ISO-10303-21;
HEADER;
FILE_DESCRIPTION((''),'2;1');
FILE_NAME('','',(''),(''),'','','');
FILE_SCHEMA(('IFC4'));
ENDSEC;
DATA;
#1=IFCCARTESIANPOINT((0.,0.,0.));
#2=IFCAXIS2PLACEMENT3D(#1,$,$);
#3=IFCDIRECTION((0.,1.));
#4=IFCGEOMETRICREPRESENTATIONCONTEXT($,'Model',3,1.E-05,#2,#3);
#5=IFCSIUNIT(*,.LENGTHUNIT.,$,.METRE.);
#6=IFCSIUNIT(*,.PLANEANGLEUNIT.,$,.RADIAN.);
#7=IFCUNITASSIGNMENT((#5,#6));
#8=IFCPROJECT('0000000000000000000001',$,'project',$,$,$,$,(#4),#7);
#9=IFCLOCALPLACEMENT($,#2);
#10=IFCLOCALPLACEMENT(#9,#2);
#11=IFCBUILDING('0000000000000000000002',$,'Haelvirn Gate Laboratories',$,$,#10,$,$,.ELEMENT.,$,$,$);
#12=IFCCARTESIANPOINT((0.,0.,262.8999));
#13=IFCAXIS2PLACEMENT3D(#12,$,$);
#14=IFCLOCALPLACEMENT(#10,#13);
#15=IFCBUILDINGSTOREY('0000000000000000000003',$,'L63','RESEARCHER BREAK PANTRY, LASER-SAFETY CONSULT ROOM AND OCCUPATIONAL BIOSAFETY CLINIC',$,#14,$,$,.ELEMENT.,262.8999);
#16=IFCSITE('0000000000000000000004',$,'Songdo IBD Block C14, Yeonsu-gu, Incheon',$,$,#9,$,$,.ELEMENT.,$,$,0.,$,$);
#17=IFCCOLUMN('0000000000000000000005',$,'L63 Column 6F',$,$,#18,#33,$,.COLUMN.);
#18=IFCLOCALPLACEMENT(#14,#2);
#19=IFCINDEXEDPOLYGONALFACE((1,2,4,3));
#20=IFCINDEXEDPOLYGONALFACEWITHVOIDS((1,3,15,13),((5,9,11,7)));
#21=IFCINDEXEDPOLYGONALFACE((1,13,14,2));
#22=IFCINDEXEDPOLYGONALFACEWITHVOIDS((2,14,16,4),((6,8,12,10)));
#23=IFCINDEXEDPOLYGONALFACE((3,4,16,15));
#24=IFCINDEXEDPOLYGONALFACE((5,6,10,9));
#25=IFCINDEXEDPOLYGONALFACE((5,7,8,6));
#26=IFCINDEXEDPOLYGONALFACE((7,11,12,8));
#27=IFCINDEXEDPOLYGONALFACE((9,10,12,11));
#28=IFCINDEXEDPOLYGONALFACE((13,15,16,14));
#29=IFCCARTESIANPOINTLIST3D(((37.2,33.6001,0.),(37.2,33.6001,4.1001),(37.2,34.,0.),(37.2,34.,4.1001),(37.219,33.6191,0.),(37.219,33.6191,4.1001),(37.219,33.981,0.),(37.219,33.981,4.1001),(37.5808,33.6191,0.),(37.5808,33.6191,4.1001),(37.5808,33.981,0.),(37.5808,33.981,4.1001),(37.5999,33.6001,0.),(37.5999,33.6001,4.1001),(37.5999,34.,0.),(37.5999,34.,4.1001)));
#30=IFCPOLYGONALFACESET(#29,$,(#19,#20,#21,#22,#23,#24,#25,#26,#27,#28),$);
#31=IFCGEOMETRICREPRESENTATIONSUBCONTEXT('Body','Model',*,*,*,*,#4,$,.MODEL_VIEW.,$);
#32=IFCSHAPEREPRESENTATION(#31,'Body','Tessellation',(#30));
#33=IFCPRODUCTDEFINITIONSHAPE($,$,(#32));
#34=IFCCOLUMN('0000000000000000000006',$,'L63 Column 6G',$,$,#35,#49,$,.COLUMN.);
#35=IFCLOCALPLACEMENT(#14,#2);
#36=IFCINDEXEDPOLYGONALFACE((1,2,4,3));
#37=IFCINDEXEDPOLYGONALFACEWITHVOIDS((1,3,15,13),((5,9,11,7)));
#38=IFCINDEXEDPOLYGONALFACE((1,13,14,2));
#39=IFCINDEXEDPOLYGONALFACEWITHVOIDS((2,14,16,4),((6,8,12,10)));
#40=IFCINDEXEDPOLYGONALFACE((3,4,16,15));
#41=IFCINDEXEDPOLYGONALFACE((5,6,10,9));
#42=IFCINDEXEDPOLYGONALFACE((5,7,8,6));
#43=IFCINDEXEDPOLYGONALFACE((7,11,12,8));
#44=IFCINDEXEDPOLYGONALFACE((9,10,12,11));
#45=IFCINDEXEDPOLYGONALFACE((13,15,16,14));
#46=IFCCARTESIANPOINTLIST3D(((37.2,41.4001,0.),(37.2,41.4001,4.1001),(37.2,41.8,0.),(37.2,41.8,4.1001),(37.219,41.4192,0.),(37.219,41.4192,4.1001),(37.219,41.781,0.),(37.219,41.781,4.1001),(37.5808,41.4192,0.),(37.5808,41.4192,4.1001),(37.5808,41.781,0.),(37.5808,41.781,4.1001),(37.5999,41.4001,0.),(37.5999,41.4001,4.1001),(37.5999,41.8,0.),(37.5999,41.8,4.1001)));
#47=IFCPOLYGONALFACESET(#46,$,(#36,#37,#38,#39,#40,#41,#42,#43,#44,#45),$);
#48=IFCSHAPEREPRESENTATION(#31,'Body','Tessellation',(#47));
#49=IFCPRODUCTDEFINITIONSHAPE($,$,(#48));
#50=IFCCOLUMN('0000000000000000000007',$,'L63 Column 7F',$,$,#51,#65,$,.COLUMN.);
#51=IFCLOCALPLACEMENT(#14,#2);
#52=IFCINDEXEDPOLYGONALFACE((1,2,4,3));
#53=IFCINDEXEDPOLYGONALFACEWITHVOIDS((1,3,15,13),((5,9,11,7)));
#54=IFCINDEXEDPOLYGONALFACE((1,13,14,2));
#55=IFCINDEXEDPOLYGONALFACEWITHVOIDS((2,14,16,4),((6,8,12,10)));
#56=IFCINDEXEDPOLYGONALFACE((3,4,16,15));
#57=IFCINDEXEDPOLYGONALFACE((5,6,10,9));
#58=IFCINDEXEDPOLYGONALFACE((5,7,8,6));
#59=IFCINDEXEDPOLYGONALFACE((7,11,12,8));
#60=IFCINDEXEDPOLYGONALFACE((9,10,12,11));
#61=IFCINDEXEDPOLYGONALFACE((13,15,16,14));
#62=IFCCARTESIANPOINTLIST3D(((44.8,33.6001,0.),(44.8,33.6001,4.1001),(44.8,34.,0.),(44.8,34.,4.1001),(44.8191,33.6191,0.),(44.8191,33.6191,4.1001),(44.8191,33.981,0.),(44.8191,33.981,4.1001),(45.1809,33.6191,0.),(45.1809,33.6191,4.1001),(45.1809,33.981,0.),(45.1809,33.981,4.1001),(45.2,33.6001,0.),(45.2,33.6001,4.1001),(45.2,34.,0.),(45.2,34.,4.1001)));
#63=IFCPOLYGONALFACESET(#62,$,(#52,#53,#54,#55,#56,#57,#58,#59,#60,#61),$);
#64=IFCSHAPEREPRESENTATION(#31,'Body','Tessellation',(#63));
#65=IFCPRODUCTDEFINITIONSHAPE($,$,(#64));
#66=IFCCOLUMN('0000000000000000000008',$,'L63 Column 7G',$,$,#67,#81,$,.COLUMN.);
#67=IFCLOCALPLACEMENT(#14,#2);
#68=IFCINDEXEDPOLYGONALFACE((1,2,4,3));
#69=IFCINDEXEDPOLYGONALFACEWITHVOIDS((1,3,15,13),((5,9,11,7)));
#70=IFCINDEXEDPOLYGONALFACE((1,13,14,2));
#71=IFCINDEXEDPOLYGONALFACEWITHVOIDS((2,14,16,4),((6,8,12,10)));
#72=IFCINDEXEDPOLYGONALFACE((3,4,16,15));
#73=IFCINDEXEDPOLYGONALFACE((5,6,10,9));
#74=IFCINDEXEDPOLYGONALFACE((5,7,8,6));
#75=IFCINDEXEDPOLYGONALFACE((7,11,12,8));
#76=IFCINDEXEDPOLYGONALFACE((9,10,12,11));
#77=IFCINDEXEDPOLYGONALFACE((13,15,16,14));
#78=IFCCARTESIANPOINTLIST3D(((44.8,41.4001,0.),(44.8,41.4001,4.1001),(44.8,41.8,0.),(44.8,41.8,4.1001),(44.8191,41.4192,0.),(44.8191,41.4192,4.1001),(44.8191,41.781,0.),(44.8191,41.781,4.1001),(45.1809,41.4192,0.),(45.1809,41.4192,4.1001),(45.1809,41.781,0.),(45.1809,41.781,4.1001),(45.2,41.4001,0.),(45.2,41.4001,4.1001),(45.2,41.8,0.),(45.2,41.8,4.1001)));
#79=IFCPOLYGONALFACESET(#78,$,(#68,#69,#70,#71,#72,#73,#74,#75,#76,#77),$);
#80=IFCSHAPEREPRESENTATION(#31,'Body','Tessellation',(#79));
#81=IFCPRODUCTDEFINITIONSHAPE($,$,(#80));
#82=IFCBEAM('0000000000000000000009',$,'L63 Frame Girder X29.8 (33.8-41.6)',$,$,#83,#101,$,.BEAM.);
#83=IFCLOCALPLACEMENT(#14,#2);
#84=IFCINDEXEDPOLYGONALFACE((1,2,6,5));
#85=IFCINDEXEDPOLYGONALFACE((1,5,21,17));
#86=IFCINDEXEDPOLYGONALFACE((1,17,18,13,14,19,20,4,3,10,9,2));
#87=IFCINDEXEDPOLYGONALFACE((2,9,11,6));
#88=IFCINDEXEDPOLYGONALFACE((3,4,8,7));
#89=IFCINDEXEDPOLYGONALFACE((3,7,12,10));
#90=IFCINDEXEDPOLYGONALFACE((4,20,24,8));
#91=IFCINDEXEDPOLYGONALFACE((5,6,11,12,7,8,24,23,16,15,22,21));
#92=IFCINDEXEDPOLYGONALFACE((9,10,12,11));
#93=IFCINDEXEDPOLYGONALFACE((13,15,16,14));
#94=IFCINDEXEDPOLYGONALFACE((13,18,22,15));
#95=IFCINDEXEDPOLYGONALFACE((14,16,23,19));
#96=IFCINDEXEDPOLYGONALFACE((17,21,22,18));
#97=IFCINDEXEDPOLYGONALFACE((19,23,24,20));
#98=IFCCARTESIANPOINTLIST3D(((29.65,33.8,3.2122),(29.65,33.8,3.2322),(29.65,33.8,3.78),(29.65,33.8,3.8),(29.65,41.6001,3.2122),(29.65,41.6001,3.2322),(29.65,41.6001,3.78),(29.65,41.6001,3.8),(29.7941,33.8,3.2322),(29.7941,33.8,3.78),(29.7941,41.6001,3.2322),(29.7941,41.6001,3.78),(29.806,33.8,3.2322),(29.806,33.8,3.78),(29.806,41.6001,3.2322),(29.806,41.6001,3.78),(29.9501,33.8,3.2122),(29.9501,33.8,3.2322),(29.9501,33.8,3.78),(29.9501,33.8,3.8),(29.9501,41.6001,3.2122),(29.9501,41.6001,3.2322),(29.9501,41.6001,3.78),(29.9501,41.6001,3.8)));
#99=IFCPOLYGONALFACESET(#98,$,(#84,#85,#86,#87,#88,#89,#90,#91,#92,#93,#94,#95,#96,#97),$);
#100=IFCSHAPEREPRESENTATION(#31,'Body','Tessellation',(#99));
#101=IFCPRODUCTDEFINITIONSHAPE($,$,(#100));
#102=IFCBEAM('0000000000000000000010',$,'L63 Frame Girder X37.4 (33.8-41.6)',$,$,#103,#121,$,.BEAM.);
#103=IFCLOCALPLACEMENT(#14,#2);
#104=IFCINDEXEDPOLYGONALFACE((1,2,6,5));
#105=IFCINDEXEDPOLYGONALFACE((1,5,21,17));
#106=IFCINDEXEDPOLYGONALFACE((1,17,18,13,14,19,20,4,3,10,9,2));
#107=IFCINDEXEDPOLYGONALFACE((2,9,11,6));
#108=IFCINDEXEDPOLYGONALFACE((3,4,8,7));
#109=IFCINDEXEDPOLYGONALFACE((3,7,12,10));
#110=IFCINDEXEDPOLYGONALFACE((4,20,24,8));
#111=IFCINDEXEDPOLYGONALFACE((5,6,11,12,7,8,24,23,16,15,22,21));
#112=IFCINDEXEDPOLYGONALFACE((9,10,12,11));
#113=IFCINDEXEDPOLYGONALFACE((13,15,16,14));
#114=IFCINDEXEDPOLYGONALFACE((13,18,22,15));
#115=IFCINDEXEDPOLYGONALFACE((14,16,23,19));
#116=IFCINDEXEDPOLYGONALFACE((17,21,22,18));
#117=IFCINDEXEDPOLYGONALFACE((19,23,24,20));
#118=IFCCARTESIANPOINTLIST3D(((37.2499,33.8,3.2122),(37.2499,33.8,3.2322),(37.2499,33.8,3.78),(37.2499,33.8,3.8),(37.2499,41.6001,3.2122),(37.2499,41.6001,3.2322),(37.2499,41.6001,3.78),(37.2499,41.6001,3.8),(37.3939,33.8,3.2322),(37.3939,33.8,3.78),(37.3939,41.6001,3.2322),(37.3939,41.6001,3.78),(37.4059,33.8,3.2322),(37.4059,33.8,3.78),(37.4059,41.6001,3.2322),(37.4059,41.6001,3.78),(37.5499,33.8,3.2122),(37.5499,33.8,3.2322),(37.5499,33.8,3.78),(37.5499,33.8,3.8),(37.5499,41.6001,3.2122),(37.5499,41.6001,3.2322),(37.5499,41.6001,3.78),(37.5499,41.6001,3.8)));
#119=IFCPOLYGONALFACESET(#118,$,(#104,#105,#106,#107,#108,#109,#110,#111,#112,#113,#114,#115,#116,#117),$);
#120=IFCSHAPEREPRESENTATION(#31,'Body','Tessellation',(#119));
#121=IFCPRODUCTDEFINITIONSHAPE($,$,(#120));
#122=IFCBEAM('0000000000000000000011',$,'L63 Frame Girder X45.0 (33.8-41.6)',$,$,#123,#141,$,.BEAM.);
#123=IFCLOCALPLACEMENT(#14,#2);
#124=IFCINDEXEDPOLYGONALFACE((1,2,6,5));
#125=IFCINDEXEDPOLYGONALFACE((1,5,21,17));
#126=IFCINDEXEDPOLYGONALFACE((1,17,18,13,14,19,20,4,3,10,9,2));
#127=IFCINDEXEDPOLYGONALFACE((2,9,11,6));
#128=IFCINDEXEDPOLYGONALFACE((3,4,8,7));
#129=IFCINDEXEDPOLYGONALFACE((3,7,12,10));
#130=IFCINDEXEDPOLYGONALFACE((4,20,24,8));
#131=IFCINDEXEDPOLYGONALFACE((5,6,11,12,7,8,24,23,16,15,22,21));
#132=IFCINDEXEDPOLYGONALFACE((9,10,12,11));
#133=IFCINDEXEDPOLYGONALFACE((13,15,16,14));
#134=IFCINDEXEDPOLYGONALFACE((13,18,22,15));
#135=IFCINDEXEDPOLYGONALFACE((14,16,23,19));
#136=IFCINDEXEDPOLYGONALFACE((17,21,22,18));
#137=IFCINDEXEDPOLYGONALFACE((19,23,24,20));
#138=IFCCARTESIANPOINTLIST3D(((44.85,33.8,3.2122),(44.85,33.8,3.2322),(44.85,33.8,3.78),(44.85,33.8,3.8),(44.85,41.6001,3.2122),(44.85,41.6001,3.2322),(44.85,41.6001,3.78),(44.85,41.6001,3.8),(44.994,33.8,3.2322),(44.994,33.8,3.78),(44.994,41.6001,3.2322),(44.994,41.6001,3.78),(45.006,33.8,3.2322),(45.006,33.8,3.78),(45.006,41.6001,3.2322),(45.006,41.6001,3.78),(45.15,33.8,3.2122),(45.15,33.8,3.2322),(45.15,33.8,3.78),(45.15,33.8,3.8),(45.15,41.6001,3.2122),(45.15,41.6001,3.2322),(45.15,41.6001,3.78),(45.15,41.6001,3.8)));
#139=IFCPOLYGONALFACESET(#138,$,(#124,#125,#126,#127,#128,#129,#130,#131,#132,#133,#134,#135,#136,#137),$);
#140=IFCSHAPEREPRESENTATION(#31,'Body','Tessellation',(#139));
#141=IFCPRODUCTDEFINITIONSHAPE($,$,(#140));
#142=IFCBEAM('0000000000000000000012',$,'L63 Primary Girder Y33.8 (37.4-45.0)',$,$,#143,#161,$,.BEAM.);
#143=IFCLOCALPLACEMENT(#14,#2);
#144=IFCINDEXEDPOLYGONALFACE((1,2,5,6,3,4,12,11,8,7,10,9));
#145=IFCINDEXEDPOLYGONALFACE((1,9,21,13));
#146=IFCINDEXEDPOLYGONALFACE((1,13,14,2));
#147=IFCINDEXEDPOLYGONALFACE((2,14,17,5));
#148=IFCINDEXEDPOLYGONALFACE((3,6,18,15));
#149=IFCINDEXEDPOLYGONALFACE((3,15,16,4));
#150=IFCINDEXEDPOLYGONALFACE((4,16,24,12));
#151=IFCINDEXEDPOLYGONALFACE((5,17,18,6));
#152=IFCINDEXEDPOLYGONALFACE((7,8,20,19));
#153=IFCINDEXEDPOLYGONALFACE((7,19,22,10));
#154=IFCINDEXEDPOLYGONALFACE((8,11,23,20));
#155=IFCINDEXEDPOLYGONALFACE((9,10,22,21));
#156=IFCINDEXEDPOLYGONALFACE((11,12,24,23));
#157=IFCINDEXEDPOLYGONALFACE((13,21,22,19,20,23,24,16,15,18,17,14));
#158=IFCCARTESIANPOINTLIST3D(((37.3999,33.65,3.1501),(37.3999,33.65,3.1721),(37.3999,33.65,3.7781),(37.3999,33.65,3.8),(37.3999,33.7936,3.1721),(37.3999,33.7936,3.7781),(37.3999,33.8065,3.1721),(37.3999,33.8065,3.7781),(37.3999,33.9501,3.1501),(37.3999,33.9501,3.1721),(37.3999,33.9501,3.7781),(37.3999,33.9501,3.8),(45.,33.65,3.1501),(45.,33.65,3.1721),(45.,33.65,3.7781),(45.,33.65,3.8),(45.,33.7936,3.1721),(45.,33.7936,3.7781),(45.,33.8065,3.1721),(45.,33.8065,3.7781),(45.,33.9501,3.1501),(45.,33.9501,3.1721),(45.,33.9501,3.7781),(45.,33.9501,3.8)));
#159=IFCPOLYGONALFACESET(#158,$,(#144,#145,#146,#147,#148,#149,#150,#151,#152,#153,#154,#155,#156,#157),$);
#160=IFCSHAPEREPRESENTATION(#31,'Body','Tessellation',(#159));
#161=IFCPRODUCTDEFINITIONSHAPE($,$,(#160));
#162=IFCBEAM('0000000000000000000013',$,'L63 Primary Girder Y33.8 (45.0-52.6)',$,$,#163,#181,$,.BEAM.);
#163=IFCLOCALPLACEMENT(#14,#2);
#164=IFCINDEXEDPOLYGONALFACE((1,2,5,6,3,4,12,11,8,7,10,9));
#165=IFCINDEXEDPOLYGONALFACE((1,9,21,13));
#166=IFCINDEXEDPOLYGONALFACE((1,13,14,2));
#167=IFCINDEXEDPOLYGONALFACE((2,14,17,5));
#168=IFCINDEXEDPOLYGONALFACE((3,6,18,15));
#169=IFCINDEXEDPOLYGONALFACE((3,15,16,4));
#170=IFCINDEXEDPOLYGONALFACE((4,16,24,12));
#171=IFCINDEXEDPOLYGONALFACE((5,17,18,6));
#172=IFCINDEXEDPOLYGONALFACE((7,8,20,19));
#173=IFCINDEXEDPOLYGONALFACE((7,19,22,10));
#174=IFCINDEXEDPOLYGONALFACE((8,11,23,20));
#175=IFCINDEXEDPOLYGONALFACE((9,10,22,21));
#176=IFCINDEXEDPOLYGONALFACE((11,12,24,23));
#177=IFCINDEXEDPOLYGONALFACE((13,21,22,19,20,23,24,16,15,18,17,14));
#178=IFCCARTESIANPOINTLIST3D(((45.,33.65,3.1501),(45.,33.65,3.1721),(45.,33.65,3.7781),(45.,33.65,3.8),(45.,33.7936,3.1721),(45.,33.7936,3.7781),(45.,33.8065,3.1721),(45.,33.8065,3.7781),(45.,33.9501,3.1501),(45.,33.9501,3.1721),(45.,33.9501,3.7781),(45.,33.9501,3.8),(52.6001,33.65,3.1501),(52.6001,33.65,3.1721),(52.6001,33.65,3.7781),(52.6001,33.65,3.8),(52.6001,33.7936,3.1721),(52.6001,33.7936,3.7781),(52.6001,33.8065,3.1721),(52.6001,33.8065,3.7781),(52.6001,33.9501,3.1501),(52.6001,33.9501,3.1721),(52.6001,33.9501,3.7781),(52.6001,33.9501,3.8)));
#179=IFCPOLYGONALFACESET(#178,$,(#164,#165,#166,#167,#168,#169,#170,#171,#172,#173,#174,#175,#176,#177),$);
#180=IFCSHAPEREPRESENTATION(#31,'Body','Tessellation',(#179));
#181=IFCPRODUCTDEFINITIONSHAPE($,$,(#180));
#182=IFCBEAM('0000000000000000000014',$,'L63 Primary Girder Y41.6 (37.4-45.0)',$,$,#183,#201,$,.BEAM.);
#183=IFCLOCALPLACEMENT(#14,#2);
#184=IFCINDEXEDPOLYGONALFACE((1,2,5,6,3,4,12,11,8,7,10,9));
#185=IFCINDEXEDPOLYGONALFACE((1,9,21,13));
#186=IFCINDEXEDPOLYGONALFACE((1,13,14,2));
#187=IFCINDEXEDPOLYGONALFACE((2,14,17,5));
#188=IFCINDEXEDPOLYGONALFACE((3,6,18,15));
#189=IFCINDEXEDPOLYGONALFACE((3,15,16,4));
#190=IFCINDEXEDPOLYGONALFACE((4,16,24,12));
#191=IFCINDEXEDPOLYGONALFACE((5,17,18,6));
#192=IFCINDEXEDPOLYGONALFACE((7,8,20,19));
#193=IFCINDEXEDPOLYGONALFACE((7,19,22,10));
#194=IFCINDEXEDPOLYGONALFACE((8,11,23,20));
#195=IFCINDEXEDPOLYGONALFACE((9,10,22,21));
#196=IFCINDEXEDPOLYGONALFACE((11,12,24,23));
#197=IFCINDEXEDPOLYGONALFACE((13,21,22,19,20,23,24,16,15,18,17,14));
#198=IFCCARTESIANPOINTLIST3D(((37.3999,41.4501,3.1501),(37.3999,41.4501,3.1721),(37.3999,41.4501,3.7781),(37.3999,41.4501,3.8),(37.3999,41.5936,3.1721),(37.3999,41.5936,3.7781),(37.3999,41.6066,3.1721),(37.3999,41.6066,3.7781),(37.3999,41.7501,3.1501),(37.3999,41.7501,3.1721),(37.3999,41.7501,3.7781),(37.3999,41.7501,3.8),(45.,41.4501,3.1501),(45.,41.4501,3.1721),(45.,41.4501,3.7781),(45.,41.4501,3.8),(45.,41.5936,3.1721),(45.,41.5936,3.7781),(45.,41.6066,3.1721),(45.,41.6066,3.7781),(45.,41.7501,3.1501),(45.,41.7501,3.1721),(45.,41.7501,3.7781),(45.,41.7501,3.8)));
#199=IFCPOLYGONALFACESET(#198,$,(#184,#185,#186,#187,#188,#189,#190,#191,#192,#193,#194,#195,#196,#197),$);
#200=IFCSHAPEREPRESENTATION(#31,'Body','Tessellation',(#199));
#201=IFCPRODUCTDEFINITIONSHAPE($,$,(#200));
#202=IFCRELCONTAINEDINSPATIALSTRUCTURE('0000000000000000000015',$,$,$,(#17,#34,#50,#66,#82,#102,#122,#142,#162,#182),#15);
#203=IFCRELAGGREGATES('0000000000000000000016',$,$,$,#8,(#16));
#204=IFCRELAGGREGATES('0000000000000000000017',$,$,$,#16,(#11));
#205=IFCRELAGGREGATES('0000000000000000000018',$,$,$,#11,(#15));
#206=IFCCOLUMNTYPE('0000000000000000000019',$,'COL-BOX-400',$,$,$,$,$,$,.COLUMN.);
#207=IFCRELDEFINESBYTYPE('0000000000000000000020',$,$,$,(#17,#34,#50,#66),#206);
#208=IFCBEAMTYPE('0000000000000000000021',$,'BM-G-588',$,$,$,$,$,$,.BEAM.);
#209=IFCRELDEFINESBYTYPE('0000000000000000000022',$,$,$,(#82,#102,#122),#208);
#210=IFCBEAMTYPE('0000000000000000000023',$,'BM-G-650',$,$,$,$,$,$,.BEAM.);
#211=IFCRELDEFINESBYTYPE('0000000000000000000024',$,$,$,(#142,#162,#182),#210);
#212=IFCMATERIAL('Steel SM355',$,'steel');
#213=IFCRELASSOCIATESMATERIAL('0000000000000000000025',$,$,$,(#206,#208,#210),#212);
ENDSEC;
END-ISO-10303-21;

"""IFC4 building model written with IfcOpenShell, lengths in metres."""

from ifc_helpers import new_model, si_unit, direction, frame, origin, origin_2d, place, context, subcontext, project, spatial, hollow_rectangle, i_section, extrude, source, transform, mapped, material, material_profile, profile_set, type_object, type_shapes, element, save


model = new_model("IFC4")

# Units and contexts
model_context = context("Model", 3, precision=1e-05, world=origin(), true_north=direction((0.0, 1.0)))
body_context = subcontext(model_context, "Body", "Model", "MODEL_VIEW")
ifc_project = project(units=[si_unit("LENGTHUNIT", "METRE"), si_unit("PLANEANGLEUNIT", "RADIAN")], contexts=[model_context])

# Site, building, storey
site_placement = place(None, origin())
site = spatial("IfcSite", under=ifc_project, at=site_placement, Name="Songdo IBD Block C14, Yeonsu-gu, Incheon", CompositionType="ELEMENT", RefElevation=0.0)
building_placement = place(site_placement, origin())
building = spatial("IfcBuilding", under=site, at=building_placement, Name="Haelvirn Gate Laboratories", CompositionType="ELEMENT")
storey_placement = place(building_placement, frame((0.0, 0.0, 262.8999)))
storey = spatial("IfcBuildingStorey", under=building, at=storey_placement, Name="L63", Description="RESEARCHER BREAK PANTRY, LASER-SAFETY CONSULT ROOM AND OCCUPATIONAL BIOSAFETY CLINIC", CompositionType="ELEMENT", Elevation=262.8999)

# Columns
ifc_material_1 = material(Name="Steel SM355", Category="steel")
ifc_material_profile_1 = material_profile(ifc_material_1, hollow_rectangle(XDim=0.3999, YDim=0.3999, WallThickness=0.019, at=origin_2d()), Name="BOX-400x400x19")
ifc_profile_set_1 = profile_set([ifc_material_profile_1], Name="Steel SM355")
column_type = type_object("IfcColumnType", Name="COL-BOX-400", PredefinedType="COLUMN", material=ifc_profile_set_1)
shared_shape_1 = source(origin(), body_context, "Body", "SweptSolid", [
    extrude(hollow_rectangle(XDim=0.3999, YDim=0.3999, WallThickness=0.019, at=origin_2d()), origin(), (0.0, 0.0, 1.0), 4.1001),
])
type_shapes(column_type, [shared_shape_1])
for number, where, z_axis, x_axis, name in (
    (1, (37.3999, 33.8, 0.0), (0.0, 0.0, 1.0), (1.0, 0.0, 0.0), "L63 Column 6F"),
    (2, (37.3999, 41.6001, 0.0), (0.0, 0.0, 1.0), (1.0, 0.0, 0.0), "L63 Column 6G"),
    (3, (45.0, 33.8, 0.0), (0.0, 0.0, 1.0), (1.0, 0.0, 0.0), "L63 Column 7F"),
    (4, (45.0, 41.6001, 0.0), (0.0, 0.0, 1.0), (1.0, 0.0, 0.0), "L63 Column 7G"),
):
    element("IfcColumn", number, at=place(storey_placement, frame(where, z_axis=z_axis, x_axis=x_axis)), inside=storey, type_object=column_type, Name=name, PredefinedType="COLUMN", context=body_context, shape_type="MappedRepresentation", body=[
        mapped(shared_shape_1, transform((0.0, 0.0, 0.0), scale=1.0)),
    ])

# Beams
ifc_material_profile_2 = material_profile(ifc_material_1, i_section(OverallWidth=0.3, OverallDepth=0.5879, WebThickness=0.012, FlangeThickness=0.02, at=origin_2d()), Name="H-588x300x12x20")
ifc_profile_set_2 = profile_set([ifc_material_profile_2], Name="Steel SM355")
beam_type_1 = type_object("IfcBeamType", Name="BM-G-588", PredefinedType="BEAM", material=ifc_profile_set_2)
shared_shape_2 = source(origin(), body_context, "Body", "SweptSolid", [
    extrude(i_section(OverallWidth=0.3, OverallDepth=0.5879, WebThickness=0.012, FlangeThickness=0.02, at=origin_2d()), origin(), (0.0, 0.0, 1.0), 7.8),
])
type_shapes(beam_type_1, [shared_shape_2])
for number, where, z_axis, x_axis, name in (
    (5, (29.8, 33.8, 3.5061), (0.0, 1.0, 0.0), (-1.0, 0.0, 0.0), "L63 Frame Girder X29.8 (33.8-41.6)"),
    (6, (37.3999, 33.8, 3.5061), (0.0, 1.0, 0.0), (-1.0, 0.0, 0.0), "L63 Frame Girder X37.4 (33.8-41.6)"),
    (7, (45.0, 33.8, 3.5061), (0.0, 1.0, 0.0), (-1.0, 0.0, 0.0), "L63 Frame Girder X45.0 (33.8-41.6)"),
):
    element("IfcBeam", number, at=place(storey_placement, frame(where, z_axis=z_axis, x_axis=x_axis)), inside=storey, type_object=beam_type_1, Name=name, PredefinedType="BEAM", context=body_context, shape_type="MappedRepresentation", body=[
        mapped(shared_shape_2, transform((0.0, 0.0, 0.0), scale=1.0)),
    ])
ifc_material_profile_3 = material_profile(ifc_material_1, i_section(OverallWidth=0.3, OverallDepth=0.6499, WebThickness=0.0129, FlangeThickness=0.022, at=origin_2d()), Name="H-650x300x13x22")
ifc_profile_set_3 = profile_set([ifc_material_profile_3], Name="Steel SM355")
beam_type_2 = type_object("IfcBeamType", Name="BM-G-650", PredefinedType="BEAM", material=ifc_profile_set_3)
shared_shape_3 = source(origin(), body_context, "Body", "SweptSolid", [
    extrude(i_section(OverallWidth=0.3, OverallDepth=0.6499, WebThickness=0.0129, FlangeThickness=0.022, at=origin_2d()), origin(), (0.0, 0.0, 1.0), 7.6001),
])
type_shapes(beam_type_2, [shared_shape_3])
for number, where, z_axis, x_axis, name in (
    (8, (37.3999, 33.8, 3.4751), (1.0, 0.0, 0.0), (0.0, 1.0, 0.0), "L63 Primary Girder Y33.8 (37.4-45.0)"),
    (9, (45.0, 33.8, 3.4751), (1.0, 0.0, 0.0), (0.0, 1.0, 0.0), "L63 Primary Girder Y33.8 (45.0-52.6)"),
    (10, (37.3999, 41.6001, 3.4751), (1.0, 0.0, 0.0), (0.0, 1.0, 0.0), "L63 Primary Girder Y41.6 (37.4-45.0)"),
):
    element("IfcBeam", number, at=place(storey_placement, frame(where, z_axis=z_axis, x_axis=x_axis)), inside=storey, type_object=beam_type_2, Name=name, PredefinedType="BEAM", context=body_context, shape_type="MappedRepresentation", body=[
        mapped(shared_shape_3, transform((0.0, 0.0, 0.0), scale=1.0)),
    ])

save(model, "model.ifc")
